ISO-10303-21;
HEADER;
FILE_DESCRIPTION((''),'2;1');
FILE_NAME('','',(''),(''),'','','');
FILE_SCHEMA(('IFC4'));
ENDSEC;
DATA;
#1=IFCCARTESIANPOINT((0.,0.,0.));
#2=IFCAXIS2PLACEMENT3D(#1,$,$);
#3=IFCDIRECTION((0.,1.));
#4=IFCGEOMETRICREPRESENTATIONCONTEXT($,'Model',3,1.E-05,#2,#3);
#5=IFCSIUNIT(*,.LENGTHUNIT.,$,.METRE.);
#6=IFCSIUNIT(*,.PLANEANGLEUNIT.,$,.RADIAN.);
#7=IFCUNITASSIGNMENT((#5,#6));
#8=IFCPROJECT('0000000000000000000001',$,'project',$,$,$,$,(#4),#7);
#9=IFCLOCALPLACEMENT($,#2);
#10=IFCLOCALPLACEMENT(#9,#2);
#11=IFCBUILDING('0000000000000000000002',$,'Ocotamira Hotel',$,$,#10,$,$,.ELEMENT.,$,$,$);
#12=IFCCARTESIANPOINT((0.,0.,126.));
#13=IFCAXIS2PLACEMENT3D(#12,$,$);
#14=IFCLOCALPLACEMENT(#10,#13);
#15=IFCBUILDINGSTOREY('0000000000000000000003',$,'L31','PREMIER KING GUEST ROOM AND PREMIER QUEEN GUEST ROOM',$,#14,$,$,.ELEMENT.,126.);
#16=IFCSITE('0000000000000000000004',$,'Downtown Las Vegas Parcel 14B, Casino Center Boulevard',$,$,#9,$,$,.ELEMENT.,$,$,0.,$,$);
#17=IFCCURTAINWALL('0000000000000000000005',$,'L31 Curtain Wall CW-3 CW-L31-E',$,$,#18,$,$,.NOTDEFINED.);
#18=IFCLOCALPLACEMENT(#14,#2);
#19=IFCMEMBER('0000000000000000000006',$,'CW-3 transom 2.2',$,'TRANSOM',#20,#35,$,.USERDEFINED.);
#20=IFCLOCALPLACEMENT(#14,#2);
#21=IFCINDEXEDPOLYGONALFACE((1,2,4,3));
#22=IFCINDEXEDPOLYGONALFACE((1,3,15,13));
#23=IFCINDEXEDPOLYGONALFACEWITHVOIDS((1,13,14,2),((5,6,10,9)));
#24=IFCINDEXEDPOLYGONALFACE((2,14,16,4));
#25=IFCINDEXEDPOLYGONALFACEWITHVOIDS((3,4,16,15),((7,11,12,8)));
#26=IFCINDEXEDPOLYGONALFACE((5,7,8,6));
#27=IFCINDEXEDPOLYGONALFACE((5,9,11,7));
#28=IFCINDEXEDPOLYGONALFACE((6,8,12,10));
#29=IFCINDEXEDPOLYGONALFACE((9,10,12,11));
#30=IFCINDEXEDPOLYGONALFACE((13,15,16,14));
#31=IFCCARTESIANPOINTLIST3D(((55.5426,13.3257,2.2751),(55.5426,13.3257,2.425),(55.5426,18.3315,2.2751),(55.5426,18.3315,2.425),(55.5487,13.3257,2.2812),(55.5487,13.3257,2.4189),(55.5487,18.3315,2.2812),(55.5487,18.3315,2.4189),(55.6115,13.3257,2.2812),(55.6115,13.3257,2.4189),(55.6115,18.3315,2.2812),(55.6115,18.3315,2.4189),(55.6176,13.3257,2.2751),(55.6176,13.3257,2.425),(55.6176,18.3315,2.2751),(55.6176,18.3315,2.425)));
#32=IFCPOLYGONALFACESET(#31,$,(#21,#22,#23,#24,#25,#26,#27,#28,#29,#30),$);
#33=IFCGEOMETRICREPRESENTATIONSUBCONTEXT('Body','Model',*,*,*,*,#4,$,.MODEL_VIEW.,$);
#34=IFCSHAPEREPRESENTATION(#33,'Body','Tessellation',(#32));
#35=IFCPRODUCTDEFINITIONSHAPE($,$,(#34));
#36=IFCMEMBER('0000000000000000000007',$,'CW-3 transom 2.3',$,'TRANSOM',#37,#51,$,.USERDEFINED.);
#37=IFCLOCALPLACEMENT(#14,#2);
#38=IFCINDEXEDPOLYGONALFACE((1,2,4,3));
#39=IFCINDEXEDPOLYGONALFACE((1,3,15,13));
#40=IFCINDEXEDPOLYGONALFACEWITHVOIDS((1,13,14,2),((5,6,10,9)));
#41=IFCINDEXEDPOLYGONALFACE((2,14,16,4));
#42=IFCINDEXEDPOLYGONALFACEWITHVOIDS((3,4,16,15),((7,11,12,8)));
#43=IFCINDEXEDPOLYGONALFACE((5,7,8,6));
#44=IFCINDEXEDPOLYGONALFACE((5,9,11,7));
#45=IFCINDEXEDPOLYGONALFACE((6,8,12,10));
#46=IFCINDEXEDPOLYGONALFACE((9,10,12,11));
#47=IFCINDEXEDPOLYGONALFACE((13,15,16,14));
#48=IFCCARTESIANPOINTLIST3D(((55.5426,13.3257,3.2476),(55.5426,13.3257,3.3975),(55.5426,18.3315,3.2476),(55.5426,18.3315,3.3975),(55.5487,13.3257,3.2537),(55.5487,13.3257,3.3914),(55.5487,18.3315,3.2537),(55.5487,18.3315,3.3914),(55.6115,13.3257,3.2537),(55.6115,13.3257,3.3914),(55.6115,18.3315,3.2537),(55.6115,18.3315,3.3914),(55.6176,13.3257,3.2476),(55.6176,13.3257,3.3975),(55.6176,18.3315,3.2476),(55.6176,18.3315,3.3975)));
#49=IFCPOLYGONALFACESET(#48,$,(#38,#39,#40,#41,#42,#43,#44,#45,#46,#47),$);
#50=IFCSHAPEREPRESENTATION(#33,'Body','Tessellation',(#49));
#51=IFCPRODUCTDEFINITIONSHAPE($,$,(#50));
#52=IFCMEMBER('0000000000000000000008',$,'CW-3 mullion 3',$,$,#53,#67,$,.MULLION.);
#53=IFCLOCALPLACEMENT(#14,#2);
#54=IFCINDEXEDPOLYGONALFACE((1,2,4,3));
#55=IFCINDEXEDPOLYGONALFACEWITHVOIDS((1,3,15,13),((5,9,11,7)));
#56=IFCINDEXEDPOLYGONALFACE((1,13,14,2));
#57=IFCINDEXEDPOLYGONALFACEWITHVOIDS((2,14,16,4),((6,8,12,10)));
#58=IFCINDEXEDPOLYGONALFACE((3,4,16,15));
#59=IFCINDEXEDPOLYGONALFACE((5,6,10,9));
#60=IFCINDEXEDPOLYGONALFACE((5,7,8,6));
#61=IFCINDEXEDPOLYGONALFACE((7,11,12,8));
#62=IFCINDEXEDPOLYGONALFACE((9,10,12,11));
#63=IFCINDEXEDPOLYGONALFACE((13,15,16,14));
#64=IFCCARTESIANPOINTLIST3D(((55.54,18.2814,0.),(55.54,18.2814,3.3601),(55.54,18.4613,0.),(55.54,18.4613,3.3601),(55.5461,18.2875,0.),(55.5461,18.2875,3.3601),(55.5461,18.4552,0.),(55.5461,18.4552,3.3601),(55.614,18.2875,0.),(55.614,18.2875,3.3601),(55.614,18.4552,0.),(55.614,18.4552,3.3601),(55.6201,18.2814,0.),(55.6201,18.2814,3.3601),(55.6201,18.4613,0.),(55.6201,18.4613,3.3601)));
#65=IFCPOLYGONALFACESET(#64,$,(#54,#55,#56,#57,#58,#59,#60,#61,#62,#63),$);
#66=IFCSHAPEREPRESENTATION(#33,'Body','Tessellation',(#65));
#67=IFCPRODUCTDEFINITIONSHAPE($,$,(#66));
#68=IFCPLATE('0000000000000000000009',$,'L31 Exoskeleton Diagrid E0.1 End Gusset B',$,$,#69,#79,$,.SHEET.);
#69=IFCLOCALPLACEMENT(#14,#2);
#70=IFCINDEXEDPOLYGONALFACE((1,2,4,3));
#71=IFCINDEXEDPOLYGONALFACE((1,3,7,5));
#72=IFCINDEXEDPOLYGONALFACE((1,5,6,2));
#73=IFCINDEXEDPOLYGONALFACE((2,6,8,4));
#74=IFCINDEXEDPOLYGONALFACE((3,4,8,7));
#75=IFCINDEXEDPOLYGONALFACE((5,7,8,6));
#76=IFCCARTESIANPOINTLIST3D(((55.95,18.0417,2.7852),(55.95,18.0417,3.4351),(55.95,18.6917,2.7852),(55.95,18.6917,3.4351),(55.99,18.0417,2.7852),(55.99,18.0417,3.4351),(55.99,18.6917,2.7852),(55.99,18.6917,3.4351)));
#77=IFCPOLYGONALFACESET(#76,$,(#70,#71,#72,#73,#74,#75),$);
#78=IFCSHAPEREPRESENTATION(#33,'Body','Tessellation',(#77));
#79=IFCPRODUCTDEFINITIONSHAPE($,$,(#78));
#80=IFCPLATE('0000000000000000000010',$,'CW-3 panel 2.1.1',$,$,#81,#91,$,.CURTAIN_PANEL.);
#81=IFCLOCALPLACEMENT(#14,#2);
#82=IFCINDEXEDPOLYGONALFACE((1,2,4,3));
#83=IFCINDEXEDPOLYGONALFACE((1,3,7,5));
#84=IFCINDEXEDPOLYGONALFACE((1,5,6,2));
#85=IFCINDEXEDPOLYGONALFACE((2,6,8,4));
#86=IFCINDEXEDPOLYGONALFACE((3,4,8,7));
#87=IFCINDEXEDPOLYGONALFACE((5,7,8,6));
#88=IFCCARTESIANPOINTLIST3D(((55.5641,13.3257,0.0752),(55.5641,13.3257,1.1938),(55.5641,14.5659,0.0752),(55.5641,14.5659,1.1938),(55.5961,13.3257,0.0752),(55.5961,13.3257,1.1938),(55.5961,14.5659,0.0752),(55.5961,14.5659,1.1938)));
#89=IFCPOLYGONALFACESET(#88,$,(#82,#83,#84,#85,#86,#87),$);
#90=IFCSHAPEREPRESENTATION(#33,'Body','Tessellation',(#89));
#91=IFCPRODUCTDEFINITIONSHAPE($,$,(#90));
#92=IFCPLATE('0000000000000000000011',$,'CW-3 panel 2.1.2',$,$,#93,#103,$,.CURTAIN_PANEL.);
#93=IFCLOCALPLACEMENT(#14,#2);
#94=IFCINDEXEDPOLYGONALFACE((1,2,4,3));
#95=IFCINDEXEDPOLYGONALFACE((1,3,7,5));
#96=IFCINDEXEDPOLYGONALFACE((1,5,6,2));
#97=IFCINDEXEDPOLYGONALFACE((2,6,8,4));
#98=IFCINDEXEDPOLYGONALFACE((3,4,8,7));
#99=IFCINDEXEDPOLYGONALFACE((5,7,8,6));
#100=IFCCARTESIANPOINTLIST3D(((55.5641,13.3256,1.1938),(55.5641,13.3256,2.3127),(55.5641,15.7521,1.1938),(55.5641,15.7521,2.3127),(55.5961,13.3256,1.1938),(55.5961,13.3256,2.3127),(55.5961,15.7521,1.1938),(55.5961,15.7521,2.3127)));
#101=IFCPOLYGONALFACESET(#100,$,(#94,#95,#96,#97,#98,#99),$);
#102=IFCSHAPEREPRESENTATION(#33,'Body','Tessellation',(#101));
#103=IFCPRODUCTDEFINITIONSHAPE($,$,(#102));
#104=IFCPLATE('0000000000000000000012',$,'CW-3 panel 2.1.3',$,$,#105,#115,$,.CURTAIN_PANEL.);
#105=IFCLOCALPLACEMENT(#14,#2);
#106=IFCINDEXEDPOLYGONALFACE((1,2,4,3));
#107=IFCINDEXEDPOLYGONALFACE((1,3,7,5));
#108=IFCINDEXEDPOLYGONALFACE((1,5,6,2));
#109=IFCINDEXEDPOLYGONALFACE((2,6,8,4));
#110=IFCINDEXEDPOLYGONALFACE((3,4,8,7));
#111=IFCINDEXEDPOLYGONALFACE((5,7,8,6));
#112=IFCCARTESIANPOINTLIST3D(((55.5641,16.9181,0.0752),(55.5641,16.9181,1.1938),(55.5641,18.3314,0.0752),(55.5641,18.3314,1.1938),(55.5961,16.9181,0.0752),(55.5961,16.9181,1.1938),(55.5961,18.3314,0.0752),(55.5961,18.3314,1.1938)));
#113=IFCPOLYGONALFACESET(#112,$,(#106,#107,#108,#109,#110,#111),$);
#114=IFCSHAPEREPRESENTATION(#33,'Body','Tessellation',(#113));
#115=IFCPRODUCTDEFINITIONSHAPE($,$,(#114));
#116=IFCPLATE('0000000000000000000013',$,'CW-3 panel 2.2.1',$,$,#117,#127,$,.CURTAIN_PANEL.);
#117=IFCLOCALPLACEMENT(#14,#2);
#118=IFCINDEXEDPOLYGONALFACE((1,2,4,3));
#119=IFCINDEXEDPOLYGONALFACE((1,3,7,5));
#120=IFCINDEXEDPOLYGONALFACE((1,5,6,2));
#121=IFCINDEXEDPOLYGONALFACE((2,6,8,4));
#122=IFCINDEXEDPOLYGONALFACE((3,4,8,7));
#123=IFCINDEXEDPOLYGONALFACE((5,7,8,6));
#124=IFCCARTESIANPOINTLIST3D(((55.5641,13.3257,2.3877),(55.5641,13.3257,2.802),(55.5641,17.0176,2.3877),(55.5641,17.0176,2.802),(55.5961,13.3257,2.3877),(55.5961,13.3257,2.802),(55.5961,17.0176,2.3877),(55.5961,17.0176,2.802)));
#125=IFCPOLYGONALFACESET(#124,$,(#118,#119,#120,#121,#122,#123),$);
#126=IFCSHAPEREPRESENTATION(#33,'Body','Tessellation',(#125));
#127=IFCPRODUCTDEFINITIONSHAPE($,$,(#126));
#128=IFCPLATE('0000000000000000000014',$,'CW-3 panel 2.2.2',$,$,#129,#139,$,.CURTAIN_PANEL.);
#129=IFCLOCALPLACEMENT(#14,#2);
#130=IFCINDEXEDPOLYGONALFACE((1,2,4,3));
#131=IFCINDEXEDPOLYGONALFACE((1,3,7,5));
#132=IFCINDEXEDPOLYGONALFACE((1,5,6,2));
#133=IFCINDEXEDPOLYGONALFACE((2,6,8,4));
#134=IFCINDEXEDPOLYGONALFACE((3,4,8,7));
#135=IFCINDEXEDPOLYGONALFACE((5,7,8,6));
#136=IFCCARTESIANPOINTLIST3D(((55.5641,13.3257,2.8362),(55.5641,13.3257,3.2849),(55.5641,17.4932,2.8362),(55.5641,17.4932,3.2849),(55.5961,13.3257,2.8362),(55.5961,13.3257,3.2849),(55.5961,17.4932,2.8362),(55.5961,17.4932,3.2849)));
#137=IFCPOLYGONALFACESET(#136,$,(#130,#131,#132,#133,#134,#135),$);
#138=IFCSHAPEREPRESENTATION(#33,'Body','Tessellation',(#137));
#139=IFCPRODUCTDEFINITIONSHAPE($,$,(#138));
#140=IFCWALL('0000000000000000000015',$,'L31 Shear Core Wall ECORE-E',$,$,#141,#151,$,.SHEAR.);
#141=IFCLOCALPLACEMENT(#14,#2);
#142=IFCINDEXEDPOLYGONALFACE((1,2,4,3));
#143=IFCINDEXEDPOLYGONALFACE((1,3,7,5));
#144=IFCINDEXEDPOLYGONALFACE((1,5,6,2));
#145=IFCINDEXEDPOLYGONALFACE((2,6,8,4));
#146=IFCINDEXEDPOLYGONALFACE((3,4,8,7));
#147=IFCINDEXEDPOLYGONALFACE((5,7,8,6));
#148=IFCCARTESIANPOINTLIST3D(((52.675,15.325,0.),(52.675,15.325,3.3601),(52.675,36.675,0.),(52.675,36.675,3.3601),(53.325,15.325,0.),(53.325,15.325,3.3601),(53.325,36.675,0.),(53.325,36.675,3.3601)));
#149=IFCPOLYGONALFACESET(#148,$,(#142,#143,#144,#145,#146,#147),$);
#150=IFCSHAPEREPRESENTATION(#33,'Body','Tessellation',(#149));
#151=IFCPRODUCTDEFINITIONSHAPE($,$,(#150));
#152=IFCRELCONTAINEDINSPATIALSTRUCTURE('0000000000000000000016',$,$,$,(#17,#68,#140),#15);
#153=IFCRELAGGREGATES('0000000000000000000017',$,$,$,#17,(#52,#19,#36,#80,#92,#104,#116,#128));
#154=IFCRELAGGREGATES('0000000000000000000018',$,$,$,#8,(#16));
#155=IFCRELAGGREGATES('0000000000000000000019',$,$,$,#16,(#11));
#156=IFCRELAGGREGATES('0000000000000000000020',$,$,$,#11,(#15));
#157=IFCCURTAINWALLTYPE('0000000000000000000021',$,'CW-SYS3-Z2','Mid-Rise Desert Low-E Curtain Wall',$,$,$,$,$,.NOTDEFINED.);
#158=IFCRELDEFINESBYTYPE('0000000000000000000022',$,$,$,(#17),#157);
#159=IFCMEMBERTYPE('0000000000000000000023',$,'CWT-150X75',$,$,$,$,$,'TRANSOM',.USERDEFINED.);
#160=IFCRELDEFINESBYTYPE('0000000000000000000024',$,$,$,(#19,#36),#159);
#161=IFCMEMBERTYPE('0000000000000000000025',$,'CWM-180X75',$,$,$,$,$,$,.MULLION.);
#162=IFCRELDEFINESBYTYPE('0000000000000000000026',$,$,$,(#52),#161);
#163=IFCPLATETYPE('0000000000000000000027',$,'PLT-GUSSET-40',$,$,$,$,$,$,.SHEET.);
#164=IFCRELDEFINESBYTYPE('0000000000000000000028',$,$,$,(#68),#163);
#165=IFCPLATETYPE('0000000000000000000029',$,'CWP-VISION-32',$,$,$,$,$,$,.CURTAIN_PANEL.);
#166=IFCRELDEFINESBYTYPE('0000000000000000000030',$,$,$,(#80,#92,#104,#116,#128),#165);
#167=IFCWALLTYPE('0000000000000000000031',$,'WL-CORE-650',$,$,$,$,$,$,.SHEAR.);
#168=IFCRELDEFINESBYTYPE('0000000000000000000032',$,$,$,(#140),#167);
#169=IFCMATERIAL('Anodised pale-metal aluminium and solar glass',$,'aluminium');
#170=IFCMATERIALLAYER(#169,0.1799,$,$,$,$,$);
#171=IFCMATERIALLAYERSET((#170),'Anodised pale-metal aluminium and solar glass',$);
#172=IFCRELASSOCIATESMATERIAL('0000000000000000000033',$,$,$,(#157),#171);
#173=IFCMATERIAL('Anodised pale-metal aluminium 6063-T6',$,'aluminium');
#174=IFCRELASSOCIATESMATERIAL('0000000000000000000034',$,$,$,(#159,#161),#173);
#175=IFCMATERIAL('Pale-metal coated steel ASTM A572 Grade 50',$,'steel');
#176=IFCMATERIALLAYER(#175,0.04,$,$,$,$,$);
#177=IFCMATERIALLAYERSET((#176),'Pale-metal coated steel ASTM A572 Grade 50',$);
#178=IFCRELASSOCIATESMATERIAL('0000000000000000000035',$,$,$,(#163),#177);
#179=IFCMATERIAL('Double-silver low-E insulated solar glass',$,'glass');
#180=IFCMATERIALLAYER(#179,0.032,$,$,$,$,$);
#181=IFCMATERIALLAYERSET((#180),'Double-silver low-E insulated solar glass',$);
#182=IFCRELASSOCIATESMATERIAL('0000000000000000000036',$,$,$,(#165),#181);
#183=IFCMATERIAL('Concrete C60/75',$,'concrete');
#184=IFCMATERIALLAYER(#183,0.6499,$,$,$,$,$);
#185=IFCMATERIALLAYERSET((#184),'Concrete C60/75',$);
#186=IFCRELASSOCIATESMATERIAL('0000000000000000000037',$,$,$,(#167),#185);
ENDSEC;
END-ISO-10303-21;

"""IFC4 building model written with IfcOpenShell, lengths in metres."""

from ifc_helpers import new_model, si_unit, direction, frame, frame_2d, origin, origin_2d, place, context, subcontext, project, spatial, rectangle, hollow_rectangle, extrude, source, transform, mapped, material, layer, layer_set, material_profile, profile_set, type_object, element, aggregate, save


model = new_model("IFC4")

# Units and contexts
model_context = context("Model", 3, precision=1e-05, world=origin(), true_north=direction((0.0, 1.0)))
body_context = subcontext(model_context, "Body", "Model", "MODEL_VIEW")
ifc_project = project(units=[si_unit("LENGTHUNIT", "METRE"), si_unit("PLANEANGLEUNIT", "RADIAN")], contexts=[model_context])

# Site, building, storey
site_placement = place(None, origin())
site = spatial("IfcSite", under=ifc_project, at=site_placement, Name="Downtown Las Vegas Parcel 14B, Casino Center Boulevard", CompositionType="ELEMENT", RefElevation=0.0)
building_placement = place(site_placement, origin())
building = spatial("IfcBuilding", under=site, at=building_placement, Name="Ocotamira Hotel", CompositionType="ELEMENT")
storey_placement = place(building_placement, frame((0.0, 0.0, 126.0)))
storey = spatial("IfcBuildingStorey", under=building, at=storey_placement, Name="L31", Description="PREMIER KING GUEST ROOM AND PREMIER QUEEN GUEST ROOM", CompositionType="ELEMENT", Elevation=126.0)

# Curtain wall, members
ifc_material_1 = material(Name="Anodised pale-metal aluminium and solar glass", Category="aluminium")
ifc_layer_1 = layer(ifc_material_1, 0.1799)
ifc_layer_set_1 = layer_set([ifc_layer_1], Name="Anodised pale-metal aluminium and solar glass")
curtain_wall_type = type_object("IfcCurtainWallType", Name="CW-SYS3-Z2", Description="Mid-Rise Desert Low-E Curtain Wall", PredefinedType="NOTDEFINED", material=ifc_layer_set_1)
curtain_wall_placement = place(storey_placement, origin())
curtain_wall = element("IfcCurtainWall", 1, at=curtain_wall_placement, inside=storey, type_object=curtain_wall_type, Name="L31 Curtain Wall CW-3 CW-L31-E", PredefinedType="NOTDEFINED")
ifc_material_2 = material(Name="Anodised pale-metal aluminium 6063-T6", Category="aluminium")
ifc_material_profile_1 = material_profile(ifc_material_2, hollow_rectangle(XDim=0.075, YDim=0.1499, WallThickness=0.0061, at=origin_2d()), Name="HSS150X75X6")
ifc_profile_set_1 = profile_set([ifc_material_profile_1], Name="Anodised pale-metal aluminium 6063-T6")
member_type_1 = type_object("IfcMemberType", Name="CWT-150X75", ElementType="TRANSOM", PredefinedType="USERDEFINED", material=ifc_profile_set_1)
shared_shape_1 = source(origin(), body_context, "Body", "SweptSolid", [
    extrude(hollow_rectangle(XDim=0.075, YDim=0.1499, WallThickness=0.0061, at=origin_2d()), origin(), (0.0, 0.0, 1.0), 5.0059),
])
member_1_placement = place(storey_placement, frame((55.5801, 13.3257, 2.3501), z_axis=(0.0, 1.0, 0.0), x_axis=(-1.0, 0.0, 0.0)))
member_1 = element("IfcMember", 2, at=member_1_placement, type_object=member_type_1, Name="CW-3 transom 2.2", ObjectType="TRANSOM", PredefinedType="USERDEFINED", context=body_context, shape_type="MappedRepresentation", body=[
    mapped(shared_shape_1, transform((0.0, 0.0, 0.0), scale=1.0)),
])
member_2_placement = place(storey_placement, frame((55.5801, 13.3257, 3.3225), z_axis=(0.0, 1.0, 0.0), x_axis=(-1.0, 0.0, 0.0)))
member_2 = element("IfcMember", 3, at=member_2_placement, type_object=member_type_1, Name="CW-3 transom 2.3", ObjectType="TRANSOM", PredefinedType="USERDEFINED", context=body_context, shape_type="MappedRepresentation", body=[
    mapped(shared_shape_1, transform((0.0, 0.0, 0.0), scale=1.0)),
])
ifc_material_profile_2 = material_profile(ifc_material_2, hollow_rectangle(XDim=0.0801, YDim=0.1799, WallThickness=0.0061, at=origin_2d()), Name="HSS180X80X6")
ifc_profile_set_2 = profile_set([ifc_material_profile_2], Name="Anodised pale-metal aluminium 6063-T6")
member_type_2 = type_object("IfcMemberType", Name="CWM-180X75", PredefinedType="MULLION", material=ifc_profile_set_2)
shared_shape_2 = source(origin(), body_context, "Body", "SweptSolid", [
    extrude(hollow_rectangle(XDim=0.0801, YDim=0.1799, WallThickness=0.0061, at=origin_2d()), origin(), (0.0, 0.0, 1.0), 3.3601),
])
member_3_placement = place(storey_placement, frame((55.5801, 18.3713, 0.0), z_axis=(0.0, 0.0, 1.0), x_axis=(-1.0, 0.0, 0.0)))
member_3 = element("IfcMember", 4, at=member_3_placement, type_object=member_type_2, Name="CW-3 mullion 3", PredefinedType="MULLION", context=body_context, shape_type="MappedRepresentation", body=[
    mapped(shared_shape_2, transform((0.0, 0.0, 0.0), scale=1.0)),
])

# Plates
ifc_material_3 = material(Name="Pale-metal coated steel ASTM A572 Grade 50", Category="steel")
ifc_layer_2 = layer(ifc_material_3, 0.04)
ifc_layer_set_2 = layer_set([ifc_layer_2], Name="Pale-metal coated steel ASTM A572 Grade 50")
plate_type_1 = type_object("IfcPlateType", Name="PLT-GUSSET-40", PredefinedType="SHEET", material=ifc_layer_set_2)
shared_shape_3 = source(origin(), body_context, "Body", "SweptSolid", [
    extrude(rectangle(XDim=0.04, YDim=0.6499, at=origin_2d()), origin(), (0.0, 0.0, 1.0), 0.6499),
])
plate_1_placement = place(storey_placement, frame((55.97, 18.3667, 2.7852), z_axis=(0.0, 0.0, 1.0), x_axis=(1.0, 0.0, 0.0)))
element("IfcPlate", 5, at=plate_1_placement, inside=storey, type_object=plate_type_1, Name="L31 Exoskeleton Diagrid E0.1 End Gusset B", PredefinedType="SHEET", context=body_context, shape_type="MappedRepresentation", body=[
    mapped(shared_shape_3, transform((0.0, 0.0, 0.0), scale=1.0)),
])
ifc_material_4 = material(Name="Double-silver low-E insulated solar glass", Category="glass")
ifc_layer_3 = layer(ifc_material_4, 0.032)
ifc_layer_set_3 = layer_set([ifc_layer_3], Name="Double-silver low-E insulated solar glass")
plate_type_2 = type_object("IfcPlateType", Name="CWP-VISION-32", PredefinedType="CURTAIN_PANEL", material=ifc_layer_set_3)
shared_shape_4 = source(origin(), body_context, "Body", "SweptSolid", [
    extrude(rectangle(XDim=1.2402, YDim=0.032, at=origin_2d()), origin(), (0.0, 0.0, 1.0), 1.1187),
])
plate_2_placement = place(storey_placement, frame((55.5801, 13.9458, 0.0752), z_axis=(0.0, 0.0, 1.0), x_axis=(0.0, 1.0, 0.0)))
plate_2 = element("IfcPlate", 6, at=plate_2_placement, type_object=plate_type_2, Name="CW-3 panel 2.1.1", PredefinedType="CURTAIN_PANEL", context=body_context, shape_type="MappedRepresentation", body=[
    mapped(shared_shape_4, transform((0.0, 0.0, 0.0), scale=1.0)),
])
shared_shape_5 = source(origin(), body_context, "Body", "SweptSolid", [
    extrude(rectangle(XDim=2.4265, YDim=0.032, at=origin_2d()), origin(), (0.0, 0.0, 1.0), 1.1189),
])
plate_3_placement = place(storey_placement, frame((55.5801, 14.5388, 1.1938), z_axis=(0.0, 0.0, 1.0), x_axis=(0.0, 1.0, 0.0)))
plate_3 = element("IfcPlate", 7, at=plate_3_placement, type_object=plate_type_2, Name="CW-3 panel 2.1.2", PredefinedType="CURTAIN_PANEL", context=body_context, shape_type="MappedRepresentation", body=[
    mapped(shared_shape_5, transform((0.0, 0.0, 0.0), scale=1.0)),
])
shared_shape_6 = source(origin(), body_context, "Body", "SweptSolid", [
    extrude(rectangle(XDim=1.4133, YDim=0.032, at=origin_2d()), origin(), (0.0, 0.0, 1.0), 1.1187),
])
plate_4_placement = place(storey_placement, frame((55.5801, 17.6248, 0.0752), z_axis=(0.0, 0.0, 1.0), x_axis=(0.0, 1.0, 0.0)))
plate_4 = element("IfcPlate", 8, at=plate_4_placement, type_object=plate_type_2, Name="CW-3 panel 2.1.3", PredefinedType="CURTAIN_PANEL", context=body_context, shape_type="MappedRepresentation", body=[
    mapped(shared_shape_6, transform((0.0, 0.0, 0.0), scale=1.0)),
])
shared_shape_7 = source(origin(), body_context, "Body", "SweptSolid", [
    extrude(rectangle(XDim=3.6919, YDim=0.032, at=origin_2d()), origin(), (0.0, 0.0, 1.0), 0.4143),
])
plate_5_placement = place(storey_placement, frame((55.5801, 15.1716, 2.3877), z_axis=(0.0, 0.0, 1.0), x_axis=(0.0, 1.0, 0.0)))
plate_5 = element("IfcPlate", 9, at=plate_5_placement, type_object=plate_type_2, Name="CW-3 panel 2.2.1", PredefinedType="CURTAIN_PANEL", context=body_context, shape_type="MappedRepresentation", body=[
    mapped(shared_shape_7, transform((0.0, 0.0, 0.0), scale=1.0)),
])
shared_shape_8 = source(origin(), body_context, "Body", "SweptSolid", [
    extrude(rectangle(XDim=4.1675, YDim=0.032, at=origin_2d()), origin(), (0.0, 0.0, 1.0), 0.4487),
])
plate_6_placement = place(storey_placement, frame((55.5801, 15.4094, 2.8362), z_axis=(0.0, 0.0, 1.0), x_axis=(0.0, 1.0, 0.0)))
plate_6 = element("IfcPlate", 10, at=plate_6_placement, type_object=plate_type_2, Name="CW-3 panel 2.2.2", PredefinedType="CURTAIN_PANEL", context=body_context, shape_type="MappedRepresentation", body=[
    mapped(shared_shape_8, transform((0.0, 0.0, 0.0), scale=1.0)),
])
aggregate(curtain_wall, [member_3, member_1, member_2, plate_2, plate_3, plate_4, plate_5, plate_6])

# Wall
ifc_material_5 = material(Name="Concrete C60/75", Category="concrete")
ifc_layer_4 = layer(ifc_material_5, 0.6499)
ifc_layer_set_4 = layer_set([ifc_layer_4], Name="Concrete C60/75")
wall_type_1 = type_object("IfcWallType", Name="WL-CORE-650", PredefinedType="SHEAR", material=ifc_layer_set_4)
wall_1_placement = place(storey_placement, frame((53.0, 15.325, 0.0), z_axis=(0.0, 0.0, 1.0), x_axis=(0.0, 1.0, 0.0)))
element("IfcWall", 11, at=wall_1_placement, inside=storey, type_object=wall_type_1, Name="L31 Shear Core Wall ECORE-E", PredefinedType="SHEAR", context=body_context, shape_type="SweptSolid", body=[
    extrude(rectangle(XDim=21.3501, YDim=0.6499, at=frame_2d((10.675, 0.0))), origin(), (0.0, 0.0, 1.0), 3.3601),
])

save(model, "model.ifc")
